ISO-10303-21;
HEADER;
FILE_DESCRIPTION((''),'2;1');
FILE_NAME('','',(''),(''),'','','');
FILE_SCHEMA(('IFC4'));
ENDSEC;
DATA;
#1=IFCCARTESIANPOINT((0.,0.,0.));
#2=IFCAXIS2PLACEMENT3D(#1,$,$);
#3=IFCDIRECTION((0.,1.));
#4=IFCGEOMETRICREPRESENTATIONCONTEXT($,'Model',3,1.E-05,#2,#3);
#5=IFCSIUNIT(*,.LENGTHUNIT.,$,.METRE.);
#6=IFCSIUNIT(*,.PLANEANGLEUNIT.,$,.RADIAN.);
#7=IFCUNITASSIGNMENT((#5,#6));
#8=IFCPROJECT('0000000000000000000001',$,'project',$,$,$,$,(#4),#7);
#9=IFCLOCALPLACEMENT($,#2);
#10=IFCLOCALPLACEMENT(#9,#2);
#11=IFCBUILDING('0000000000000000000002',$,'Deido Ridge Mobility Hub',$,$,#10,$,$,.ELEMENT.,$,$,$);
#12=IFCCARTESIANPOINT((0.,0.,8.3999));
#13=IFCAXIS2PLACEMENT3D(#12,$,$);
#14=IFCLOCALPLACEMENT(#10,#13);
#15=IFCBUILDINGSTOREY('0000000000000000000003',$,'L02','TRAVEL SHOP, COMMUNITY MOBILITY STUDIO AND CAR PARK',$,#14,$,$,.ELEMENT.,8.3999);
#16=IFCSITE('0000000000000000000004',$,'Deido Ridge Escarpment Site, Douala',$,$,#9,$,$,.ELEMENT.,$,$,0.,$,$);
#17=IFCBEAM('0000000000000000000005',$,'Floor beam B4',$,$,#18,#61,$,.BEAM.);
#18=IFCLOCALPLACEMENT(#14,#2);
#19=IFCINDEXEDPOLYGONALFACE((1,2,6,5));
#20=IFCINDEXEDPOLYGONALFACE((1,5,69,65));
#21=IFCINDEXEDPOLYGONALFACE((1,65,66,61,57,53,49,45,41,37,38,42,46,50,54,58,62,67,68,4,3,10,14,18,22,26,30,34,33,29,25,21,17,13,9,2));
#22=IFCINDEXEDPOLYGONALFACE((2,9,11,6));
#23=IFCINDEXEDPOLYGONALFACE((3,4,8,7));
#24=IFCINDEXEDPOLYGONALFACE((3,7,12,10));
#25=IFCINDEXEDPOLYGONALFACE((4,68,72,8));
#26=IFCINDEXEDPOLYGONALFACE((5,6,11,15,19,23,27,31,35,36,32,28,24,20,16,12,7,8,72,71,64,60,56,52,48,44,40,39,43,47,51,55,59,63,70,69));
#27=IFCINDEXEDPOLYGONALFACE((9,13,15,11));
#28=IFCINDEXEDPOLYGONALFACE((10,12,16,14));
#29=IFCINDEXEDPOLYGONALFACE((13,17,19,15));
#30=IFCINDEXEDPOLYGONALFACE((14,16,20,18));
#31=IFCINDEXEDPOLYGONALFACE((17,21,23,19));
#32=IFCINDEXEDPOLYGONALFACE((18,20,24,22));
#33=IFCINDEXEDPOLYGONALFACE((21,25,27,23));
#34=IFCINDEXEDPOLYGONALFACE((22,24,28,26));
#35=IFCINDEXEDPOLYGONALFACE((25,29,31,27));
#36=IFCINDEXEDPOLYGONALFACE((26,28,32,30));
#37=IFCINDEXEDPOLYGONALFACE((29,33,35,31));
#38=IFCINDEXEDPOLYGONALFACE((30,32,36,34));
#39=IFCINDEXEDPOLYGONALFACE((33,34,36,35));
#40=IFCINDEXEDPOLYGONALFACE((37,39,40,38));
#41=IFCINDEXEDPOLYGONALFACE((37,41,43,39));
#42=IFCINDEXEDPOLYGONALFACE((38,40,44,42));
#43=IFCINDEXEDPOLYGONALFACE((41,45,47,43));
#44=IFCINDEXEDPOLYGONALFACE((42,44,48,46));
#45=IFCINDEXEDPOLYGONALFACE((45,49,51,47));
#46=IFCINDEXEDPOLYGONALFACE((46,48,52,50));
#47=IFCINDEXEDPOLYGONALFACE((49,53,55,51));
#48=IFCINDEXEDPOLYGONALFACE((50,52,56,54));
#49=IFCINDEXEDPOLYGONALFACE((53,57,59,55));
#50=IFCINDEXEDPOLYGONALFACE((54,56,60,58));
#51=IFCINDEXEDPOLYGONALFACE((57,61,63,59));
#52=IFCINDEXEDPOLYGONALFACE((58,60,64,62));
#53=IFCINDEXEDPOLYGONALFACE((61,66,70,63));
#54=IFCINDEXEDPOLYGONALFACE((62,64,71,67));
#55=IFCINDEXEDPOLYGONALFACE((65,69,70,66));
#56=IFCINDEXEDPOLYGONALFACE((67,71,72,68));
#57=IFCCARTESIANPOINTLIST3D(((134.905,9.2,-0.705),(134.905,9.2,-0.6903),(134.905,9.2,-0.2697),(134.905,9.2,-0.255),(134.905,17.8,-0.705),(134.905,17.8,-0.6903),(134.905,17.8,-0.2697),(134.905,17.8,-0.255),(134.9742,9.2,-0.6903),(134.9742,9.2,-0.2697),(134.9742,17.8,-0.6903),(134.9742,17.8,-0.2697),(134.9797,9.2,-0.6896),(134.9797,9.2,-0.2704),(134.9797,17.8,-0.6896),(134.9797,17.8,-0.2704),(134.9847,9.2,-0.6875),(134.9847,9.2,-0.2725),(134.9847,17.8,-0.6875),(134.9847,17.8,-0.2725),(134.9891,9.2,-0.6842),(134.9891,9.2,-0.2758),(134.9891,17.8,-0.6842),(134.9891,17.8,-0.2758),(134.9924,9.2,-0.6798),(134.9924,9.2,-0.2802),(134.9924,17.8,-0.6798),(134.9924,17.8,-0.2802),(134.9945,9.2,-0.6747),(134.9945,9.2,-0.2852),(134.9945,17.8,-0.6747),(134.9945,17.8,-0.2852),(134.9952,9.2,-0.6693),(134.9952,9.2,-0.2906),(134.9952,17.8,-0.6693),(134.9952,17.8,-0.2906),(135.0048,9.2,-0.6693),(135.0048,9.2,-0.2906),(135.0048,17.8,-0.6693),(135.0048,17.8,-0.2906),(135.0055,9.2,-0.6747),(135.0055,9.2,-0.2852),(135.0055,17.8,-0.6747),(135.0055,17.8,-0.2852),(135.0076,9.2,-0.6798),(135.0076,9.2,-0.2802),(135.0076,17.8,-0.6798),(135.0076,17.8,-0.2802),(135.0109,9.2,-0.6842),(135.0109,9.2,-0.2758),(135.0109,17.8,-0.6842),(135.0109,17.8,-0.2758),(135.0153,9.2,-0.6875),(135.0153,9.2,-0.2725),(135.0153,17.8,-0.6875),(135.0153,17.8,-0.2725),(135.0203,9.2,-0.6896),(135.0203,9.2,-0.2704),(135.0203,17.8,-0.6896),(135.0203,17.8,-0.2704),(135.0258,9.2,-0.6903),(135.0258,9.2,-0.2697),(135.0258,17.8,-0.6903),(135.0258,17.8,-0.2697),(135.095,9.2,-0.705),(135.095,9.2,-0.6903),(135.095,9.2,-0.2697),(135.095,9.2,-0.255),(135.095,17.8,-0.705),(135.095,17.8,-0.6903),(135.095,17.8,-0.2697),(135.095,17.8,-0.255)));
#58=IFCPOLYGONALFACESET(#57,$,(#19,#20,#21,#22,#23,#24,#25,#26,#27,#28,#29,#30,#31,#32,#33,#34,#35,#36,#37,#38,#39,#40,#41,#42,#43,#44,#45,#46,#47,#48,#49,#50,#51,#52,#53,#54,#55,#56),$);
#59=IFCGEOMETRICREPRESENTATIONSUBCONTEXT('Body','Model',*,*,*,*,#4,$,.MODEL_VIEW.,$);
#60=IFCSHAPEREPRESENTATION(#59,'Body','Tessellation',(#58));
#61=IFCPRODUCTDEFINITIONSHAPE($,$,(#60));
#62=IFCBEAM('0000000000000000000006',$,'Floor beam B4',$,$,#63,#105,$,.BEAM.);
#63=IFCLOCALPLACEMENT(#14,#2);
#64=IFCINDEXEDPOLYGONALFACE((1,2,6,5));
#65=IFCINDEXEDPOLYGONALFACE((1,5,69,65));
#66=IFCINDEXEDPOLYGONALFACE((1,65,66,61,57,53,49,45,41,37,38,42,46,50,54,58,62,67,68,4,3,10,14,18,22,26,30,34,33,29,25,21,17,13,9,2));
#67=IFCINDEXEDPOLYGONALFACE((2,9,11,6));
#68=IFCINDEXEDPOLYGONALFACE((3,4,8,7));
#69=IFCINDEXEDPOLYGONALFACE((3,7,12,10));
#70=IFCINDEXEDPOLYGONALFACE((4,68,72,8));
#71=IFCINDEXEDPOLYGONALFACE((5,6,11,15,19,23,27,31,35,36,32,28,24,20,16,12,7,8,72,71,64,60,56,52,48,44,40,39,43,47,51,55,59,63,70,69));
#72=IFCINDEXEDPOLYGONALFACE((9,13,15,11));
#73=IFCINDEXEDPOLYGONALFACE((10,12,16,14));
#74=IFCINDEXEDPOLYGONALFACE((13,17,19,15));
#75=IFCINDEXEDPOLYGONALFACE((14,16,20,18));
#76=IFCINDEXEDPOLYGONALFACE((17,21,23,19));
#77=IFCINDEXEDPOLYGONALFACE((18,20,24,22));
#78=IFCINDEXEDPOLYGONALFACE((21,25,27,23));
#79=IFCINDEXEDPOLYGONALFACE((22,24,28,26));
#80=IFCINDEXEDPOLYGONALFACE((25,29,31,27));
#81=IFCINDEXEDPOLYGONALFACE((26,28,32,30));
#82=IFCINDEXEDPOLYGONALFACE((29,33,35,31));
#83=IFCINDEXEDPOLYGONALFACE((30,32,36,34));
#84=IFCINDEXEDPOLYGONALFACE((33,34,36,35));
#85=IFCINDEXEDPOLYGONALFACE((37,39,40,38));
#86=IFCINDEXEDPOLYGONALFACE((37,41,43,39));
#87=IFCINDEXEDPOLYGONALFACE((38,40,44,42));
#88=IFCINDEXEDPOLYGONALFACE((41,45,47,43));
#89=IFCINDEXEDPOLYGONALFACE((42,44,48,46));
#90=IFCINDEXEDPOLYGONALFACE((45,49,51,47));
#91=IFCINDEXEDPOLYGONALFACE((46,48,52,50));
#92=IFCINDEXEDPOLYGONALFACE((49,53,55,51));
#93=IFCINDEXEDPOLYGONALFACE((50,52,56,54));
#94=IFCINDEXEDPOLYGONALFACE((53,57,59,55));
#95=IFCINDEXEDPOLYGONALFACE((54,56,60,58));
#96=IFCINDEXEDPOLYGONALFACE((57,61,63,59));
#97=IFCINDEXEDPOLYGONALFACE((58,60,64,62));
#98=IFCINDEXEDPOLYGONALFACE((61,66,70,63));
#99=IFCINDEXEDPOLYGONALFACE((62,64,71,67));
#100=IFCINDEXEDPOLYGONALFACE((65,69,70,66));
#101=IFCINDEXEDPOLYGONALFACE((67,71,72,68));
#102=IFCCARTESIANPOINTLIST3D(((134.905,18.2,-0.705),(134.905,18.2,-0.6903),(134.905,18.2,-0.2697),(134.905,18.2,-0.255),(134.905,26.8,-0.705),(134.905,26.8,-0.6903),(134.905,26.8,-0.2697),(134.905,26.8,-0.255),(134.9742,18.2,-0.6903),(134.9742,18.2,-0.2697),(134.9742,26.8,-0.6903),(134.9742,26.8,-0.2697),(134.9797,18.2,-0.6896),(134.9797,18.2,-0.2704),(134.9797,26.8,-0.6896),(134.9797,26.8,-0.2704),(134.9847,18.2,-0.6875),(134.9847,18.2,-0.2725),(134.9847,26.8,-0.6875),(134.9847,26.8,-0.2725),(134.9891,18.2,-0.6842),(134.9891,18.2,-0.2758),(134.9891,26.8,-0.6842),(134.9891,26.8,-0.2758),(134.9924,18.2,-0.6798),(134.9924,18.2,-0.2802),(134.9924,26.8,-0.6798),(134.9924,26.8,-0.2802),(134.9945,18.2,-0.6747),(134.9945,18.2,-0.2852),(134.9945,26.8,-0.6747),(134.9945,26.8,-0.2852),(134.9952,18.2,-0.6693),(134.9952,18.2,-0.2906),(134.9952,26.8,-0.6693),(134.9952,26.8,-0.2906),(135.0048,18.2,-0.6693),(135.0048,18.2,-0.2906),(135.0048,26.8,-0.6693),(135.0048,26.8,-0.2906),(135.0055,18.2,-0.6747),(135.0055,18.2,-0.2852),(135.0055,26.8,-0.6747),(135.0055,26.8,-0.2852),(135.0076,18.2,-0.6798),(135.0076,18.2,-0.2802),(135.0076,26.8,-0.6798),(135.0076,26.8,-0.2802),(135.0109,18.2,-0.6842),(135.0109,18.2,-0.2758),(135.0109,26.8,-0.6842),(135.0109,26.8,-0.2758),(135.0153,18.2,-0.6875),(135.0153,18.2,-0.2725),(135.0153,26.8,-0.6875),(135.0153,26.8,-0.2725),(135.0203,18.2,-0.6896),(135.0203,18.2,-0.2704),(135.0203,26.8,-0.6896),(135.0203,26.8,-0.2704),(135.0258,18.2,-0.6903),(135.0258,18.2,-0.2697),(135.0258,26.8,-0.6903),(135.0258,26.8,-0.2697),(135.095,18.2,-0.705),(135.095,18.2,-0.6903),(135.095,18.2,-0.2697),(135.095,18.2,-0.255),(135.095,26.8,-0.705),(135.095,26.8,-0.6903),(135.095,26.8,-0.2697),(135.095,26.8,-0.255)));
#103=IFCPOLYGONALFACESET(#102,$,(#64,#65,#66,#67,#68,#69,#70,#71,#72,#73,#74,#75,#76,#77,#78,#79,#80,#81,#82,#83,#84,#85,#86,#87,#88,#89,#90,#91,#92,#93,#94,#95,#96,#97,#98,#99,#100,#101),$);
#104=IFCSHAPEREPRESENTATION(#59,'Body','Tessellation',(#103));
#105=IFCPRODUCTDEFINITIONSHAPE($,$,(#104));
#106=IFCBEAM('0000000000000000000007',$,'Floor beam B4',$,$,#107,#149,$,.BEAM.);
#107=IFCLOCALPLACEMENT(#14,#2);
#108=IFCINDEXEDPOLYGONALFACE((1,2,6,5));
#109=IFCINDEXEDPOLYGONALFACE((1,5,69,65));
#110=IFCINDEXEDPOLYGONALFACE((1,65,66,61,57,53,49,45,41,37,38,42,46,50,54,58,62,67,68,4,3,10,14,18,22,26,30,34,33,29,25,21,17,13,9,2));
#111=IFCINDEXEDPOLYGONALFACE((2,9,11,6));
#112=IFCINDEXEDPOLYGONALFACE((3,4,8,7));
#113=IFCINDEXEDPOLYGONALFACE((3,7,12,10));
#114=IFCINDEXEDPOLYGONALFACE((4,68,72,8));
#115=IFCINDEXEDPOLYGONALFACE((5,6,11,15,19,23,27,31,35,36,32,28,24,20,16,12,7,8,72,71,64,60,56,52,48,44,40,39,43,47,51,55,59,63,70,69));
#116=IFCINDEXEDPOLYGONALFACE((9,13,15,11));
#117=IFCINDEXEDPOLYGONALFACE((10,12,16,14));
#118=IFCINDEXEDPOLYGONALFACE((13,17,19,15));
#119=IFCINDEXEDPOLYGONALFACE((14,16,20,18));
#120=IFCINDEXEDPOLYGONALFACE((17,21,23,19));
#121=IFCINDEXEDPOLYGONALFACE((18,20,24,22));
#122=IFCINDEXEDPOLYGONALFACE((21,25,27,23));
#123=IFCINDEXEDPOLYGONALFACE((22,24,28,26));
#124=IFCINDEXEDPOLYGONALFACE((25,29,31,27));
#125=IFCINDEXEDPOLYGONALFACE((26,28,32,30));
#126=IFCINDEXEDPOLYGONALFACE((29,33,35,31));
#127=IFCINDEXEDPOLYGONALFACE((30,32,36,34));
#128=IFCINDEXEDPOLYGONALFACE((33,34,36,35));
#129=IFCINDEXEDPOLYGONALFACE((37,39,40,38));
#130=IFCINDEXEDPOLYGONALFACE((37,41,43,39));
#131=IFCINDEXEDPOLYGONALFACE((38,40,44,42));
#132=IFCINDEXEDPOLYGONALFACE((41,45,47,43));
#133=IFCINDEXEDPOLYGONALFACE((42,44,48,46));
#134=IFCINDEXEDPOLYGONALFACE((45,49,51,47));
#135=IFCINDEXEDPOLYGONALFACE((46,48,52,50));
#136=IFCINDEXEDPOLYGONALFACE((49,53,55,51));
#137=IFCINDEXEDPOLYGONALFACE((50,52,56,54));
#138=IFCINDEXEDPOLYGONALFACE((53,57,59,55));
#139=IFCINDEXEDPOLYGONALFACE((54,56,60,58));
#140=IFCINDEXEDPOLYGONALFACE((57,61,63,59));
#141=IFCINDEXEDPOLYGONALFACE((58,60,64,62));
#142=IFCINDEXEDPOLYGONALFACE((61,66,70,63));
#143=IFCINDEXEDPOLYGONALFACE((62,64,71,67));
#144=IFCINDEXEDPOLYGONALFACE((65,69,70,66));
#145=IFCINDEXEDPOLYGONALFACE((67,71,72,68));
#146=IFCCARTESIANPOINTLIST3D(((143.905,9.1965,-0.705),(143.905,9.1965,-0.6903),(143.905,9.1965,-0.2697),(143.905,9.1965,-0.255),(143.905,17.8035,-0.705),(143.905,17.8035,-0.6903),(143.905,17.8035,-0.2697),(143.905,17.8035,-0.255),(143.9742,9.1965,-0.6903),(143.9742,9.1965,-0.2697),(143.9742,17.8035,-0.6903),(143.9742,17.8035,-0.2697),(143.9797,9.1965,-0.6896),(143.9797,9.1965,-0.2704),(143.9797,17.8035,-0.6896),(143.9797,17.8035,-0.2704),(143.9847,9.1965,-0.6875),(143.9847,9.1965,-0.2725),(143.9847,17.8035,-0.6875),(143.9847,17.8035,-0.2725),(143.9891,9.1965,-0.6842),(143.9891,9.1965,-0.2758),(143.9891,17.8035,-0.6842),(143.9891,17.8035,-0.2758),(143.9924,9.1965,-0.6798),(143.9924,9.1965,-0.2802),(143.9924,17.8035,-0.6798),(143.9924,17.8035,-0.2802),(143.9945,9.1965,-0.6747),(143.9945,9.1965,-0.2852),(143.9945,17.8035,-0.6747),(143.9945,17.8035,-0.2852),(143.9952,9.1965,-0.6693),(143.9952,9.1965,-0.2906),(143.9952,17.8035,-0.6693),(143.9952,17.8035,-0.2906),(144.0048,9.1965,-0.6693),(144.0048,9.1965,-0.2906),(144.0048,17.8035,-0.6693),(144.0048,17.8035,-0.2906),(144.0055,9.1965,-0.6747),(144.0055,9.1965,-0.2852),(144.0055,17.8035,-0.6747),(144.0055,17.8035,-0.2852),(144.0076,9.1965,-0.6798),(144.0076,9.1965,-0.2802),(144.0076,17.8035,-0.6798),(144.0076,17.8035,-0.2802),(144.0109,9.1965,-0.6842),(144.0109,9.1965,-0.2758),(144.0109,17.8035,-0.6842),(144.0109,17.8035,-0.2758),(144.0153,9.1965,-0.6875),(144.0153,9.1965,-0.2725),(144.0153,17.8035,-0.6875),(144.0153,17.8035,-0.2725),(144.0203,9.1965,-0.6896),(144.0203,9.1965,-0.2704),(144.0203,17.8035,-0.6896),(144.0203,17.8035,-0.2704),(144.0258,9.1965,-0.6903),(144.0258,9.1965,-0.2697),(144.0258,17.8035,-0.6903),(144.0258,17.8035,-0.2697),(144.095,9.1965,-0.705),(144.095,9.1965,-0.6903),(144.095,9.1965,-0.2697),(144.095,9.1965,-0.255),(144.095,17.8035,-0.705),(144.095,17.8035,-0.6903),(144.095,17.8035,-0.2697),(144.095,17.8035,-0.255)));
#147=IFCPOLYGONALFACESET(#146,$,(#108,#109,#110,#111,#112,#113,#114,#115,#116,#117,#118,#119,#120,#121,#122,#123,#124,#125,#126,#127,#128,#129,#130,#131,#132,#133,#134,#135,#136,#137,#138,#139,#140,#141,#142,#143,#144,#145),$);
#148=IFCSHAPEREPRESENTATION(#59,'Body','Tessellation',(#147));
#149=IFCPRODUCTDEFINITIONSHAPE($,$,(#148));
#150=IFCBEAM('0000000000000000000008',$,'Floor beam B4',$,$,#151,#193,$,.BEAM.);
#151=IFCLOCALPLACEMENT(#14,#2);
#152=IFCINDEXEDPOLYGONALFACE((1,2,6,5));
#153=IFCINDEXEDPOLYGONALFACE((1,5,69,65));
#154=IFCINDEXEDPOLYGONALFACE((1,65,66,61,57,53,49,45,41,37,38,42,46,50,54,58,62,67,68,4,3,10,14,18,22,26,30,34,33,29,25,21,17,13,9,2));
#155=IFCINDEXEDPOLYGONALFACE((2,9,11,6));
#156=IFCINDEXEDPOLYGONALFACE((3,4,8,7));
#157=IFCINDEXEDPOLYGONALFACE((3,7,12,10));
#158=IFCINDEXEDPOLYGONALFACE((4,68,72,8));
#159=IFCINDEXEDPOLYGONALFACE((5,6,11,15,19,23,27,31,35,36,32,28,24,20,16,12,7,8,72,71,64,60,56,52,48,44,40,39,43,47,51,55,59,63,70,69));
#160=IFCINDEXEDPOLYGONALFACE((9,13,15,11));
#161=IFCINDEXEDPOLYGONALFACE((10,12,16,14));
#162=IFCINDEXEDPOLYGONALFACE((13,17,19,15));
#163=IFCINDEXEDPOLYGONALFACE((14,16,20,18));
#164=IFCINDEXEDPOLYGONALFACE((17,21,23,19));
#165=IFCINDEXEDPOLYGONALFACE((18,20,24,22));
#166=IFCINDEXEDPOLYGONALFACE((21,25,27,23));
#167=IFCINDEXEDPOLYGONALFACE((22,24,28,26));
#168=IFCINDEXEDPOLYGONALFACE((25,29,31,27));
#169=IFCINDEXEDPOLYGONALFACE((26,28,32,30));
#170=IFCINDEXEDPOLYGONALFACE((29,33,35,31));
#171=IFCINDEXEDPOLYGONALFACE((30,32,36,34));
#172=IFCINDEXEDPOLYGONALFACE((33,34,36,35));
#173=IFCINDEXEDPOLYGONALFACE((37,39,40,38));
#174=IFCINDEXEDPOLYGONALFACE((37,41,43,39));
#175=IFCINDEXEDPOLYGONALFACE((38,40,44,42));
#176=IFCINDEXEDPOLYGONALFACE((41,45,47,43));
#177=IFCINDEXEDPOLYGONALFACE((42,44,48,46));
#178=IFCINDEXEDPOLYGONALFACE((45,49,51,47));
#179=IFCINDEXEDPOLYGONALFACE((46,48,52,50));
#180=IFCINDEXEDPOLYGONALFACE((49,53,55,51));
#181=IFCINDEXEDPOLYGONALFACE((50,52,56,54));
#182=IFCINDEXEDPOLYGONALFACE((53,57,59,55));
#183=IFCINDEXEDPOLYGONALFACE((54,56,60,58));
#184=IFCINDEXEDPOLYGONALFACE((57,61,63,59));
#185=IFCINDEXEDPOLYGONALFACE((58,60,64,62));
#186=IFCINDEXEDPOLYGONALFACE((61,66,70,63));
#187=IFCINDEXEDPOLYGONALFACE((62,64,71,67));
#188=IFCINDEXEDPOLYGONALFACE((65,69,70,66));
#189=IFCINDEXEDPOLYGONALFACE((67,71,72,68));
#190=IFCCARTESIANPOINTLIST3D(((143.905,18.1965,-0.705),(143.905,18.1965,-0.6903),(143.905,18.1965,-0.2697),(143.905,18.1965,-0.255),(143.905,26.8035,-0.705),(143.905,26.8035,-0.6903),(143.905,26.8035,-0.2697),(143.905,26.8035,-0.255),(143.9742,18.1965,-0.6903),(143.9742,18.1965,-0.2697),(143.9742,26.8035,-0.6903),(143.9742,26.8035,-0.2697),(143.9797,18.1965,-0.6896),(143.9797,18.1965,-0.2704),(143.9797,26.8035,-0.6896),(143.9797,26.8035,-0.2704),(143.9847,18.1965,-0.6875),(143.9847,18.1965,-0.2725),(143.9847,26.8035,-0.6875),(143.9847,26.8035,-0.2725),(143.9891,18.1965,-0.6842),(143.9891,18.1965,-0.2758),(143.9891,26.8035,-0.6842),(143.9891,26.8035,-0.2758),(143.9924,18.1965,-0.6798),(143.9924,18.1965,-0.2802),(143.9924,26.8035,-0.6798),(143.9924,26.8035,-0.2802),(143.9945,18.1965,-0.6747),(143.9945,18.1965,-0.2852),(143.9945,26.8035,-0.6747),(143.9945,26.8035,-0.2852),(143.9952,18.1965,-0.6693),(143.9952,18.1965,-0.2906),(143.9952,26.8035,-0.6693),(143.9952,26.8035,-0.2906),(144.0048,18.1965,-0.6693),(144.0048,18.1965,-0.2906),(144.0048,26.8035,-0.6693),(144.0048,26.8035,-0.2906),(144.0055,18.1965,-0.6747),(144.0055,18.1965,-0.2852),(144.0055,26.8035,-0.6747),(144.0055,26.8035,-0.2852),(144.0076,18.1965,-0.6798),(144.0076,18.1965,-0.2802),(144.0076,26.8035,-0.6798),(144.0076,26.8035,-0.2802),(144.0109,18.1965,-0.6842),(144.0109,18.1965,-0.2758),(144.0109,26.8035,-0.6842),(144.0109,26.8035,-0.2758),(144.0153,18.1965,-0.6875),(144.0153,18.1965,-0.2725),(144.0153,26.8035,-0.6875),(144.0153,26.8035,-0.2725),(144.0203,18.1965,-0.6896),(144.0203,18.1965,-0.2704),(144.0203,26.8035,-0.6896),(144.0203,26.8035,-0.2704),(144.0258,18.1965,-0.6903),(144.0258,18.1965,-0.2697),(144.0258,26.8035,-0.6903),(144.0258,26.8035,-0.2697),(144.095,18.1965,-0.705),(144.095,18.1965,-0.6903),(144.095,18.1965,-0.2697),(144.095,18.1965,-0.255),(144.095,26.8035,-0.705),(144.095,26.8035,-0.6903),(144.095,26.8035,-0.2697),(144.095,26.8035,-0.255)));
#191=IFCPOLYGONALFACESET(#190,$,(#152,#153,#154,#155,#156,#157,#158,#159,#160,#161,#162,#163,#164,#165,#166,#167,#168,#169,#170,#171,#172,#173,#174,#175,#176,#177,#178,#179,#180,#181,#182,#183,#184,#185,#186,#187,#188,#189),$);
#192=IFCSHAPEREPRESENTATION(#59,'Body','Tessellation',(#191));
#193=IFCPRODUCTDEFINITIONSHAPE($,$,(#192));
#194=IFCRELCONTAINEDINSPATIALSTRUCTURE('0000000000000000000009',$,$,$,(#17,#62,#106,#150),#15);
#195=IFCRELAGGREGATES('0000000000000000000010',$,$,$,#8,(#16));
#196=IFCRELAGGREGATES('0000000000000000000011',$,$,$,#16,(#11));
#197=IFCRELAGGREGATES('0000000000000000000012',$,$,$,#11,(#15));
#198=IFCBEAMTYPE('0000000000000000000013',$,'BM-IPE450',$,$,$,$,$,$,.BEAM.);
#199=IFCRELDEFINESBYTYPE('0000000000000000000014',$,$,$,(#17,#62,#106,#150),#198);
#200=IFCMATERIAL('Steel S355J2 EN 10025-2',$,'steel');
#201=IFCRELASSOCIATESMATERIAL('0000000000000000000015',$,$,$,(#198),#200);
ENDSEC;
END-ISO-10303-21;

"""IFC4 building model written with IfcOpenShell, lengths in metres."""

from ifc_helpers import new_model, si_unit, direction, frame, origin, origin_2d, place, context, subcontext, project, spatial, i_section, extrude, material, material_profile, profile_set, type_object, element, save


model = new_model("IFC4")

# Units and contexts
model_context = context("Model", 3, precision=1e-05, world=origin(), true_north=direction((0.0, 1.0)))
body_context = subcontext(model_context, "Body", "Model", "MODEL_VIEW")
ifc_project = project(units=[si_unit("LENGTHUNIT", "METRE"), si_unit("PLANEANGLEUNIT", "RADIAN")], contexts=[model_context])

# Site, building, storey
site_placement = place(None, origin())
site = spatial("IfcSite", under=ifc_project, at=site_placement, Name="Deido Ridge Escarpment Site, Douala", CompositionType="ELEMENT", RefElevation=0.0)
building_placement = place(site_placement, origin())
building = spatial("IfcBuilding", under=site, at=building_placement, Name="Deido Ridge Mobility Hub", CompositionType="ELEMENT")
storey_placement = place(building_placement, frame((0.0, 0.0, 8.3999)))
storey = spatial("IfcBuildingStorey", under=building, at=storey_placement, Name="L02", Description="TRAVEL SHOP, COMMUNITY MOBILITY STUDIO AND CAR PARK", CompositionType="ELEMENT", Elevation=8.3999)

# Shared definitions
ifc_material_1 = material(Name="Steel S355J2 EN 10025-2", Category="steel")

# Beams
ifc_material_profile_1 = material_profile(ifc_material_1, i_section(OverallWidth=0.1899, OverallDepth=0.45, WebThickness=0.0095, FlangeThickness=0.0146, FilletRadius=0.021, at=origin_2d()), Name="IPE 450")
ifc_profile_set_1 = profile_set([ifc_material_profile_1], Name="Steel S355J2 EN 10025-2")
beam_type_1 = type_object("IfcBeamType", Name="BM-IPE450", PredefinedType="BEAM", material=ifc_profile_set_1)
for number, where, z_axis, x_axis, name in (
    (1, (135.0, 9.2, -0.48), (0.0, 1.0, 0.0), (-1.0, 0.0, 0.0), "Floor beam B4"),
    (2, (135.0, 18.2, -0.48), (0.0, 1.0, 0.0), (-1.0, 0.0, 0.0), "Floor beam B4"),
):
    element("IfcBeam", number, at=place(storey_placement, frame(where, z_axis=z_axis, x_axis=x_axis)), inside=storey, type_object=beam_type_1, Name=name, PredefinedType="BEAM", context=body_context, shape_type="SweptSolid", body=[
        extrude(i_section(OverallWidth=0.1899, OverallDepth=0.45, WebThickness=0.0095, FlangeThickness=0.0146, FilletRadius=0.021, at=origin_2d()), origin(), (0.0, 0.0, 1.0), 8.6001),
    ])
for number, where, z_axis, x_axis, name in (
    (3, (144.0, 9.1965, -0.48), (0.0, 1.0, 0.0), (-1.0, 0.0, 0.0), "Floor beam B4"),
    (4, (144.0, 18.1965, -0.48), (0.0, 1.0, 0.0), (-1.0, 0.0, 0.0), "Floor beam B4"),
):
    element("IfcBeam", number, at=place(storey_placement, frame(where, z_axis=z_axis, x_axis=x_axis)), inside=storey, type_object=beam_type_1, Name=name, PredefinedType="BEAM", context=body_context, shape_type="SweptSolid", body=[
        extrude(i_section(OverallWidth=0.1899, OverallDepth=0.45, WebThickness=0.0095, FlangeThickness=0.0146, FilletRadius=0.021, at=origin_2d()), origin(), (0.0, 0.0, 1.0), 8.6069),
    ])

save(model, "model.ifc")
